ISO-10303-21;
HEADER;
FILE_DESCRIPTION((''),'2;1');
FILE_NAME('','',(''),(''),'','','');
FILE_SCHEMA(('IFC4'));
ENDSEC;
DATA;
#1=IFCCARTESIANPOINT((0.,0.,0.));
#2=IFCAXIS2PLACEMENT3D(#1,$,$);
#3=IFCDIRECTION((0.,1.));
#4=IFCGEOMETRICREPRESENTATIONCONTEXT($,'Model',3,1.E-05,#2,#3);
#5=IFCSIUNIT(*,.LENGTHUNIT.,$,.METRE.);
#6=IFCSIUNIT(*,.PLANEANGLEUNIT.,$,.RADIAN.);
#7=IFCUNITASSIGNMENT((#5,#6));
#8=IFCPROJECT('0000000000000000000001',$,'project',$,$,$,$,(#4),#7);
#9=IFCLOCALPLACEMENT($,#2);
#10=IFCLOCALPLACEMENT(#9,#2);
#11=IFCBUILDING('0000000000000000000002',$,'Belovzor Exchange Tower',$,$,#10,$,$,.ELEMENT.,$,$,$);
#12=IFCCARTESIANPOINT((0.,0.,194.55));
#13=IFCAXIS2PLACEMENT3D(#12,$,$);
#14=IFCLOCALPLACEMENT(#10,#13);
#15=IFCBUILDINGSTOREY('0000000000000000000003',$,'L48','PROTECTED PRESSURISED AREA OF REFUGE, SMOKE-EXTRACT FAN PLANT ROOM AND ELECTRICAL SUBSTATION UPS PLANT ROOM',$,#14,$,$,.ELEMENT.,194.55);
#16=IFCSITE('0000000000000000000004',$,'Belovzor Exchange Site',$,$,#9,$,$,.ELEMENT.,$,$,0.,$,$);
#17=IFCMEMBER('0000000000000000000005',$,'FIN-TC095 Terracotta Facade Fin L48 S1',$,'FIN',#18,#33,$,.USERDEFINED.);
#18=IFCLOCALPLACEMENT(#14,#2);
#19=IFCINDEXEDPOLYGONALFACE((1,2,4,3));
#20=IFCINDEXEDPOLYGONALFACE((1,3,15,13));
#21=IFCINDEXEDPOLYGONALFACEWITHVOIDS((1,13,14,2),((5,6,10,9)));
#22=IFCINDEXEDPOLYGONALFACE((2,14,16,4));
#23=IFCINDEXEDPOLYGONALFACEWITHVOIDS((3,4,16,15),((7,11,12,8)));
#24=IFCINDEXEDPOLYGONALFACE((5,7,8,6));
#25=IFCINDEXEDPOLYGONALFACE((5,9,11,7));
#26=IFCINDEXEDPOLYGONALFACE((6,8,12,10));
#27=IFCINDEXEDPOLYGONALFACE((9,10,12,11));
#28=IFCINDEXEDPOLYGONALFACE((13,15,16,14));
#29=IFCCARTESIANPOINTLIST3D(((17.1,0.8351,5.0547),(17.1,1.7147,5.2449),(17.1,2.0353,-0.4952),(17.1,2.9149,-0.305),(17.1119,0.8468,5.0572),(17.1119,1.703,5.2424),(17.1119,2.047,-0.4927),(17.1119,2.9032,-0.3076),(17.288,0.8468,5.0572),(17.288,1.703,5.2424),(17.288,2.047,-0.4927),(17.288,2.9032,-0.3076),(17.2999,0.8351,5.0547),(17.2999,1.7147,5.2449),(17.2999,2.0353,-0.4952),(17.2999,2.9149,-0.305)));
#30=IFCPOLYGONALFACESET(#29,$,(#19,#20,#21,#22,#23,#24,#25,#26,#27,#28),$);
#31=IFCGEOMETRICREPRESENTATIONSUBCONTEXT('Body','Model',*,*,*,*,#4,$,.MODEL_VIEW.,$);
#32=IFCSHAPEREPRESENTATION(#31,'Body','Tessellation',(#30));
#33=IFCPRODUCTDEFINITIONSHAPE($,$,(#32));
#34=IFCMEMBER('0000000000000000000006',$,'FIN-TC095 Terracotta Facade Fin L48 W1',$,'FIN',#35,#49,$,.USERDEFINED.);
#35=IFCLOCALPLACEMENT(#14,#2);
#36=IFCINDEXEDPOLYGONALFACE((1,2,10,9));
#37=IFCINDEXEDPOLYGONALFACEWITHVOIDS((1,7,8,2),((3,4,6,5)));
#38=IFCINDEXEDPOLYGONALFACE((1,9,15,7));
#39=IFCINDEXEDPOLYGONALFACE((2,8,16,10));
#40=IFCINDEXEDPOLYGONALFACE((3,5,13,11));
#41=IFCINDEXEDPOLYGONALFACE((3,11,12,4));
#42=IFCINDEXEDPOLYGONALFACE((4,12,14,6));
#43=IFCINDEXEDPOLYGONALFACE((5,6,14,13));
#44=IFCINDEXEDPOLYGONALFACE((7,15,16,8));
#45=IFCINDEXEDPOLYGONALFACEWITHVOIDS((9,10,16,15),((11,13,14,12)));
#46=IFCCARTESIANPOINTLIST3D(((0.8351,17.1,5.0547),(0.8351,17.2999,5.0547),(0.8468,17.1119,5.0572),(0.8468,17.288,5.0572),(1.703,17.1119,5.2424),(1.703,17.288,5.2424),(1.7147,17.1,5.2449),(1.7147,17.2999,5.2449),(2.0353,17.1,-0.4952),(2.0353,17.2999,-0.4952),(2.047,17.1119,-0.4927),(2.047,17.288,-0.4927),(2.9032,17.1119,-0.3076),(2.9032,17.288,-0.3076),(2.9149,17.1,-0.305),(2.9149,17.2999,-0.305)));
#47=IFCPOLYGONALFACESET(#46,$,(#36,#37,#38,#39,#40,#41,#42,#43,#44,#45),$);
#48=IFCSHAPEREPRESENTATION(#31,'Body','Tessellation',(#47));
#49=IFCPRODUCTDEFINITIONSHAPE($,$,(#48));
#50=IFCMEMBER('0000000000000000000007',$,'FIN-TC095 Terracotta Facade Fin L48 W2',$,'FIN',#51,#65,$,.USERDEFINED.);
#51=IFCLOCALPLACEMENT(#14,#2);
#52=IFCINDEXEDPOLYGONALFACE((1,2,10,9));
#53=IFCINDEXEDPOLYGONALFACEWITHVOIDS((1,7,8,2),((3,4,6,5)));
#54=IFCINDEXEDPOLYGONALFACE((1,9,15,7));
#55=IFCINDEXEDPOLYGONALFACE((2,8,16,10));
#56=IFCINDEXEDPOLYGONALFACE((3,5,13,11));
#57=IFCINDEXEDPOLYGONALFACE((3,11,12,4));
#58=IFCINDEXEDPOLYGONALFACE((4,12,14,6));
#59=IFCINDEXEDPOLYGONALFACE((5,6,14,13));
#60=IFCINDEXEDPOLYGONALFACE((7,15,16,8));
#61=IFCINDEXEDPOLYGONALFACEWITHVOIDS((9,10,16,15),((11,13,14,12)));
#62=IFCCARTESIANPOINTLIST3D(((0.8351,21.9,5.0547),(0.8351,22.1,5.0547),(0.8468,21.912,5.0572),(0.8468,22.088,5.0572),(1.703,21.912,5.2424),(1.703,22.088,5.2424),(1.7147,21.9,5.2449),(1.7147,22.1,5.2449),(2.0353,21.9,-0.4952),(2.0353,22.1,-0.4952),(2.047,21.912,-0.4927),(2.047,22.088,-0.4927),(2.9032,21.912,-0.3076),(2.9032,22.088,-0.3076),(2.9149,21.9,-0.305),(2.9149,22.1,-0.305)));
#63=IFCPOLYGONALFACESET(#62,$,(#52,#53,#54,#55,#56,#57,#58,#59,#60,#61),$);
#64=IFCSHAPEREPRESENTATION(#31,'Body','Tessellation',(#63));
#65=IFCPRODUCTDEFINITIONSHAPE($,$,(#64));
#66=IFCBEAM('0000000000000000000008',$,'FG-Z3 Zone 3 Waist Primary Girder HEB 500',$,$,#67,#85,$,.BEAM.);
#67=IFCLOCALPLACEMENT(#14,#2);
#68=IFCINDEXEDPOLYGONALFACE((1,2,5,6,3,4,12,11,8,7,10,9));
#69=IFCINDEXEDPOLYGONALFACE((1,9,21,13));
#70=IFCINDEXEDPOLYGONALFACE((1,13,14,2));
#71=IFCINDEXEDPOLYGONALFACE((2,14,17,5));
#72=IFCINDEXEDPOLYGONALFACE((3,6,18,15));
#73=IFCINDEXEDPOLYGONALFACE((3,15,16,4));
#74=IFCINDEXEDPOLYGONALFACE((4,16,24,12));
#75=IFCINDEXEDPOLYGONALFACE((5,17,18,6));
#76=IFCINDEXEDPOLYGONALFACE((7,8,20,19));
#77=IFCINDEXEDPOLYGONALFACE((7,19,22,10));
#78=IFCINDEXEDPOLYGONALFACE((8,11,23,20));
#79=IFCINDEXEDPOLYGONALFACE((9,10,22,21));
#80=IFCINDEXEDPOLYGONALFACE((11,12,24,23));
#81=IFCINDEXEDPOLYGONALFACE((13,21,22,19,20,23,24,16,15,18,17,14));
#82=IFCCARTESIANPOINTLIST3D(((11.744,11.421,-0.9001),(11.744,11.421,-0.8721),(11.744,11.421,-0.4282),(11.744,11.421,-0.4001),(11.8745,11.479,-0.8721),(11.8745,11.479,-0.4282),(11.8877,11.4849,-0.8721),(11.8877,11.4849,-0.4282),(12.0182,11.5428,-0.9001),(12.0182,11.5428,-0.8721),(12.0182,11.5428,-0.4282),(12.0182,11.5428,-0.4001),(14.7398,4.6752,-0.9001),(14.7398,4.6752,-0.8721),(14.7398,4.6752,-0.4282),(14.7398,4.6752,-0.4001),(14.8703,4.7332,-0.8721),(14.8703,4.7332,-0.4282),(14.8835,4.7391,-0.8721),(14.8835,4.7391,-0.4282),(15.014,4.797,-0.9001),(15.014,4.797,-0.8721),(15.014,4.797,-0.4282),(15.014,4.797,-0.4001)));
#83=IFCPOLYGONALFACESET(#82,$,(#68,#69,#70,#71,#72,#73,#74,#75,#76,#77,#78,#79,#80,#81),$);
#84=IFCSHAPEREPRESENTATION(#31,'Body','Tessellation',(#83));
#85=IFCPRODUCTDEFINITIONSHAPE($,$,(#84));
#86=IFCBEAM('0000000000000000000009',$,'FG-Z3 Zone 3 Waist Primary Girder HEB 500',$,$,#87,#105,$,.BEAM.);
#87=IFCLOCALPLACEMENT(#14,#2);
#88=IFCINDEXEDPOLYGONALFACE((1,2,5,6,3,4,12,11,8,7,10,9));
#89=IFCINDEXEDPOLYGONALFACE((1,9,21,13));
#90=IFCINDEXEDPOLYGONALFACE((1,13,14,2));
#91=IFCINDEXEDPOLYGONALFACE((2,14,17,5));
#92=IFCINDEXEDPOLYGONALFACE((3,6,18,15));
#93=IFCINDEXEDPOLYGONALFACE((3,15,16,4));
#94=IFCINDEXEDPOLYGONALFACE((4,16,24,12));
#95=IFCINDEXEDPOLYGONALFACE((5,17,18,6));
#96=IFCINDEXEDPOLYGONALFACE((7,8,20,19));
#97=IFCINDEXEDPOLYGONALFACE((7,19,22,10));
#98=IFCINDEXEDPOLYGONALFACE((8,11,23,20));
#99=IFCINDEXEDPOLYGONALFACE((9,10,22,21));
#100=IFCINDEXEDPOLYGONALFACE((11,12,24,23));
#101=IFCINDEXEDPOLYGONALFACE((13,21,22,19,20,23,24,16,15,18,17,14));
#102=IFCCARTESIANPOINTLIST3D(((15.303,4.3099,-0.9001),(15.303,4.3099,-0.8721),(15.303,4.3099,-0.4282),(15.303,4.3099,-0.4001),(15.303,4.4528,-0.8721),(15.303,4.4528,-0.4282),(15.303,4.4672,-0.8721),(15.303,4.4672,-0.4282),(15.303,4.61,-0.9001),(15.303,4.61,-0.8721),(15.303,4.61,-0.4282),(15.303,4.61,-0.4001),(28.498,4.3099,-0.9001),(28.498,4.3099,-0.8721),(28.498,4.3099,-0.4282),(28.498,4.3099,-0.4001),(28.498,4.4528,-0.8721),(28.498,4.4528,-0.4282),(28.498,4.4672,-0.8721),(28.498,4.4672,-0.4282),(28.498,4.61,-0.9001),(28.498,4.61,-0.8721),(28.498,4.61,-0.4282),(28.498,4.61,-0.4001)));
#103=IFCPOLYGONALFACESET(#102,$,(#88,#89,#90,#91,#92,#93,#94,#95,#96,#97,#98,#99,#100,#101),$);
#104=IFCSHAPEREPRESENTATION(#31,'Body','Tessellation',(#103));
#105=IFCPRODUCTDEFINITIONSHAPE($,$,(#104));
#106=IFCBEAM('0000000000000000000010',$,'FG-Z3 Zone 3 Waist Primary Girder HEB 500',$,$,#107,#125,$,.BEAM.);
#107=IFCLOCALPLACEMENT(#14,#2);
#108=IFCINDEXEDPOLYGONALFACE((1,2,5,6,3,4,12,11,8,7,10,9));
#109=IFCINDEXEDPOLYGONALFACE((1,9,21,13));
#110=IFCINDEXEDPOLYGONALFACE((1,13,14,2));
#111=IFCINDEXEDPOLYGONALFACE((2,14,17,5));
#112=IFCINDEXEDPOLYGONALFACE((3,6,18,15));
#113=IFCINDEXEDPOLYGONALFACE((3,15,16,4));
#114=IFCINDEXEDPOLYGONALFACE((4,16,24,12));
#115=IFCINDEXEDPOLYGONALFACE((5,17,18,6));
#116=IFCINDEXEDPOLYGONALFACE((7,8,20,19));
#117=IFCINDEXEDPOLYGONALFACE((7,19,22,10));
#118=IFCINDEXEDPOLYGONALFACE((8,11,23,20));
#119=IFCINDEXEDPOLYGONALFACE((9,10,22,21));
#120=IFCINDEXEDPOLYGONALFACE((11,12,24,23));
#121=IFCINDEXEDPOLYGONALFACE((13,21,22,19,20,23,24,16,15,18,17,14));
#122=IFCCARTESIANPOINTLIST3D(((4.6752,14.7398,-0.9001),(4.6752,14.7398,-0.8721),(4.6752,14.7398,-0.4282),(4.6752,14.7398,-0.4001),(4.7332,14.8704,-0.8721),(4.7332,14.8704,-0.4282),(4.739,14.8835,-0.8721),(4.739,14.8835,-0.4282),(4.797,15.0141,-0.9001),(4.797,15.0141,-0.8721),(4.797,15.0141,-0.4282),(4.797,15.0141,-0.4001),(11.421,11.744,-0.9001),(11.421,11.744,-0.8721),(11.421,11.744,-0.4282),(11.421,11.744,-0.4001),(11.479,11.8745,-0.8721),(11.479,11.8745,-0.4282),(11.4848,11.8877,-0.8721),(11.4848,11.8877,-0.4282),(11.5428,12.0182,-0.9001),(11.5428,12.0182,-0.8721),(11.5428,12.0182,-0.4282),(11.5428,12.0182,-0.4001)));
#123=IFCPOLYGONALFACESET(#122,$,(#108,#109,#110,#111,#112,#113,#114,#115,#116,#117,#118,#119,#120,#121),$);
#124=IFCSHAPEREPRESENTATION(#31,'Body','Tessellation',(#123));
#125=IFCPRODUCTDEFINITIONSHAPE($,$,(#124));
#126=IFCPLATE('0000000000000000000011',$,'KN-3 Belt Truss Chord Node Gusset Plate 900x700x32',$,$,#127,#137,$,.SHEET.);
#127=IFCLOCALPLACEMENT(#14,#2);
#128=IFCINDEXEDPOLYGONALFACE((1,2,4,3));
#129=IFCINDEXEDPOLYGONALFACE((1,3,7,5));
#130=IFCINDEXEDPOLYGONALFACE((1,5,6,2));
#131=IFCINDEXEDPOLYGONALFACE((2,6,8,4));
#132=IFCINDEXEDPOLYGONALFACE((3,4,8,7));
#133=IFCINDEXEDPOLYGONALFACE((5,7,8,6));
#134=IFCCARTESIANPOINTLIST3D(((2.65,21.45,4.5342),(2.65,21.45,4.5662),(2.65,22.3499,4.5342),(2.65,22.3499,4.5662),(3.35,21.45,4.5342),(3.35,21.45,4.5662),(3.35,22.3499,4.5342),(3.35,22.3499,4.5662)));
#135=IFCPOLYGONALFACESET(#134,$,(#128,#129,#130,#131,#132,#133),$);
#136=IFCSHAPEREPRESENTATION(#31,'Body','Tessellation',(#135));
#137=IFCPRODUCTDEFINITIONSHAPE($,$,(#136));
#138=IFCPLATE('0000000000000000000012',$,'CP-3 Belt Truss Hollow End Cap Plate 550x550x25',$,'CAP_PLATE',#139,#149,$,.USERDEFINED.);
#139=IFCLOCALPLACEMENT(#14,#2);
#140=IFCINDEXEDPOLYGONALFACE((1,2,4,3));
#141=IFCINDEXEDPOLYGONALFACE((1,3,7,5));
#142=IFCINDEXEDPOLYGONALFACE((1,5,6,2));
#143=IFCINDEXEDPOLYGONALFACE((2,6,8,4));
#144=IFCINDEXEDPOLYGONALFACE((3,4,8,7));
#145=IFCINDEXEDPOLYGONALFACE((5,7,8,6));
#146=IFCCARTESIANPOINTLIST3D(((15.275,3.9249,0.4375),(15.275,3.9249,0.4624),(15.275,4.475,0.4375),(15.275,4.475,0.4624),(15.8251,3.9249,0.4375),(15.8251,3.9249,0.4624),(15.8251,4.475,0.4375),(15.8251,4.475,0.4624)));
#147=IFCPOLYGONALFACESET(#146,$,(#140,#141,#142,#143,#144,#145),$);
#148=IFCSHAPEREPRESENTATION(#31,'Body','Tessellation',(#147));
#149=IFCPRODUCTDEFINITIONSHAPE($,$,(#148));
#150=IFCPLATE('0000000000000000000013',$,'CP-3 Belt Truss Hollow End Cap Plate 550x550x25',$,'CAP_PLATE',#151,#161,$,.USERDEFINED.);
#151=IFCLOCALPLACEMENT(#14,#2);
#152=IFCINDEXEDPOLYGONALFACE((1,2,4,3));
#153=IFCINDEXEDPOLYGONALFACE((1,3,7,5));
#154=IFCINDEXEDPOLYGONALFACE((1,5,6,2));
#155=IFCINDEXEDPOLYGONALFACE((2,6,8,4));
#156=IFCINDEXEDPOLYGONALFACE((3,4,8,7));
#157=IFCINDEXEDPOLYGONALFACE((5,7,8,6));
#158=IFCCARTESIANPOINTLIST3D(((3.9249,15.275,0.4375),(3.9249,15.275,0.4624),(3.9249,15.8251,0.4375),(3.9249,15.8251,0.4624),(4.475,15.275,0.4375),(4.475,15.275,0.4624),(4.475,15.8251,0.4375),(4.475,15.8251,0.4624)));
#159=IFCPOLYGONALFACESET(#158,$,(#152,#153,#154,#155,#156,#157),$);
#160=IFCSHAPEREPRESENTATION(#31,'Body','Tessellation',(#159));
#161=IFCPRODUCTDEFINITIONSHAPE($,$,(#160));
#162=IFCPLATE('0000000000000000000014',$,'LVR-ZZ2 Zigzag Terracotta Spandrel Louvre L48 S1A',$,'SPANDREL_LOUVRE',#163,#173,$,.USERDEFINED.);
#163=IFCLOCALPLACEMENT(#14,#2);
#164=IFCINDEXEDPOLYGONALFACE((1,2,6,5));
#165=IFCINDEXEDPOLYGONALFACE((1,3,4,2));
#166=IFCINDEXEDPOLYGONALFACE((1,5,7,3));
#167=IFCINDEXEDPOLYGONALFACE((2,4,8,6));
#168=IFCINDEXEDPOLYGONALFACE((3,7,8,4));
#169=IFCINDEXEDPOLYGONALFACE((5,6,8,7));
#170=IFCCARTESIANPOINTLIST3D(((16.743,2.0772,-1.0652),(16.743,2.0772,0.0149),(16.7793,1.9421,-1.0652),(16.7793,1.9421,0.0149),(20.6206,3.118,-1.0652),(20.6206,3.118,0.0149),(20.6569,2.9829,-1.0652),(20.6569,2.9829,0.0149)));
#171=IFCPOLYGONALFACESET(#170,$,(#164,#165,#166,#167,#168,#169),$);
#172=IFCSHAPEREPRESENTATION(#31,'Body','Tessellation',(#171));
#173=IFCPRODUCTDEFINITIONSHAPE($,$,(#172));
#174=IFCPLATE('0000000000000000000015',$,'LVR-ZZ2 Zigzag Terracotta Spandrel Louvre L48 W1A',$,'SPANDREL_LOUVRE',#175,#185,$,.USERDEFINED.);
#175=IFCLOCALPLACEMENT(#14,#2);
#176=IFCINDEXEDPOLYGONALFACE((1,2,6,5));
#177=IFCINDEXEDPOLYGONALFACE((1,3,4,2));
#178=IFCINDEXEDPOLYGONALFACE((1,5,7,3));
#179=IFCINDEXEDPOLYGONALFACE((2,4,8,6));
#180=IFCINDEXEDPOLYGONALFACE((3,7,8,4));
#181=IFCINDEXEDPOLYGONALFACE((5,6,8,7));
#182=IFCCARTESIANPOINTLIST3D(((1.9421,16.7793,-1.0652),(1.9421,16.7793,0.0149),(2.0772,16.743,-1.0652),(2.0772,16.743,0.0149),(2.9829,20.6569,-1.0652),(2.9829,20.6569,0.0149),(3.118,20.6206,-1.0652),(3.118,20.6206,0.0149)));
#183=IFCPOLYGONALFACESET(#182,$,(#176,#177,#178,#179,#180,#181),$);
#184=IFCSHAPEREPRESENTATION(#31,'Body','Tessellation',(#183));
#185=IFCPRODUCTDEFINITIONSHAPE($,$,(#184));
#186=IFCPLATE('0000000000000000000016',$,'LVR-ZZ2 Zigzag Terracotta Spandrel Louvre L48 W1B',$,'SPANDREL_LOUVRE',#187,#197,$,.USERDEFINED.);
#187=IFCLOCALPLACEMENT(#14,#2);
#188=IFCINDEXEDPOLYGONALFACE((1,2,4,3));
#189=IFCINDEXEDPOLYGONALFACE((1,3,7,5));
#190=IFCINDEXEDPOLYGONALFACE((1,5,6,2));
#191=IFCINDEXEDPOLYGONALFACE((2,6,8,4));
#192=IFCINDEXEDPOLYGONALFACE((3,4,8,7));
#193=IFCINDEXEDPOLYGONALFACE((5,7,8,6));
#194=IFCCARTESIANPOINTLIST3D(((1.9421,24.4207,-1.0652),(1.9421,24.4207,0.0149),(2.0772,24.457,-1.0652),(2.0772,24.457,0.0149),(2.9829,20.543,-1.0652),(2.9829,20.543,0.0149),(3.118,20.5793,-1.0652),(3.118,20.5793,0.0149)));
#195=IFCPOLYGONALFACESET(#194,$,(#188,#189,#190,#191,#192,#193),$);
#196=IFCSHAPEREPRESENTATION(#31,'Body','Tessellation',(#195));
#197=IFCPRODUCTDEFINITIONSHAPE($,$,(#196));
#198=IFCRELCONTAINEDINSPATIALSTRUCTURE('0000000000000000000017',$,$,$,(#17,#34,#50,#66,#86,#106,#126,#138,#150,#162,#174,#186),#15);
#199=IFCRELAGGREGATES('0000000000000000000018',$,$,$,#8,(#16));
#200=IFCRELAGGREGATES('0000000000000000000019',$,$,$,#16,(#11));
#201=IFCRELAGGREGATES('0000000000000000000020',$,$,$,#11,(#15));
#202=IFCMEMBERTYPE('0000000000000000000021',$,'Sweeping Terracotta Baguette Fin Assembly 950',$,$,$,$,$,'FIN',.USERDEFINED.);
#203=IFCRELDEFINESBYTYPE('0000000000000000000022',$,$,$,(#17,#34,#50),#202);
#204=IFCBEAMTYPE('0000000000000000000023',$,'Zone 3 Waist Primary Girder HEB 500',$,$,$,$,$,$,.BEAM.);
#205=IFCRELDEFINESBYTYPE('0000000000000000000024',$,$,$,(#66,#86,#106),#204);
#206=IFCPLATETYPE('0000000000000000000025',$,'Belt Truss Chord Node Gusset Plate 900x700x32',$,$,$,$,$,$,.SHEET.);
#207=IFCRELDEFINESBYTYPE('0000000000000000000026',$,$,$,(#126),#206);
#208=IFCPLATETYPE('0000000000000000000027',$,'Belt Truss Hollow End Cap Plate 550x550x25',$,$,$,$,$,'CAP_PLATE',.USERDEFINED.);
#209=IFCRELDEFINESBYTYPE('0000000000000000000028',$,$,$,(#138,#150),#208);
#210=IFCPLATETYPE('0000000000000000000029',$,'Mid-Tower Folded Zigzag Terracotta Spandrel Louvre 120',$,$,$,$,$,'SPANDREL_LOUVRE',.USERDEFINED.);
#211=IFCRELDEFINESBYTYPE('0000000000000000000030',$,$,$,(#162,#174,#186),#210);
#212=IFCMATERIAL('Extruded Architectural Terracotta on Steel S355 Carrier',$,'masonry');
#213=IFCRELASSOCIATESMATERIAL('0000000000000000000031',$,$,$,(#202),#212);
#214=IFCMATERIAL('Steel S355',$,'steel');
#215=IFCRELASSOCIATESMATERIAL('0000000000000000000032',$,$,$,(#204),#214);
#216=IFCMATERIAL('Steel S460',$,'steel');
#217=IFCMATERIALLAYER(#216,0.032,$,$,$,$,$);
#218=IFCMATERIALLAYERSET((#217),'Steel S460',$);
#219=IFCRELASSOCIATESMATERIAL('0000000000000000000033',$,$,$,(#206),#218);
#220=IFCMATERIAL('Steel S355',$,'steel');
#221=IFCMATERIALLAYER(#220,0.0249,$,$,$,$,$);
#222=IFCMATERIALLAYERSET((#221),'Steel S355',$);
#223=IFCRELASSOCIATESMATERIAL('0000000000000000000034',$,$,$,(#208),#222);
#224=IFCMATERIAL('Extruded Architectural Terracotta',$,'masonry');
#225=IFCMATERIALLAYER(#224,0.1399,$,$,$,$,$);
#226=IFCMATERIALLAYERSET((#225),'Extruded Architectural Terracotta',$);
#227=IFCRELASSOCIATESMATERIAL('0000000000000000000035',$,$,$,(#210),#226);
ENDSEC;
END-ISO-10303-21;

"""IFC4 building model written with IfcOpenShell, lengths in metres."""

from ifc_helpers import new_model, si_unit, direction, frame, origin, origin_2d, place, context, subcontext, project, spatial, rectangle, hollow_rectangle, i_section, extrude, material, layer, layer_set, material_profile, profile_set, type_object, element, save


model = new_model("IFC4")

# Units and contexts
model_context = context("Model", 3, precision=1e-05, world=origin(), true_north=direction((0.0, 1.0)))
body_context = subcontext(model_context, "Body", "Model", "MODEL_VIEW")
ifc_project = project(units=[si_unit("LENGTHUNIT", "METRE"), si_unit("PLANEANGLEUNIT", "RADIAN")], contexts=[model_context])

# Site, building, storey
site_placement = place(None, origin())
site = spatial("IfcSite", under=ifc_project, at=site_placement, Name="Belovzor Exchange Site", CompositionType="ELEMENT", RefElevation=0.0)
building_placement = place(site_placement, origin())
building = spatial("IfcBuilding", under=site, at=building_placement, Name="Belovzor Exchange Tower", CompositionType="ELEMENT")
storey_placement = place(building_placement, frame((0.0, 0.0, 194.55)))
storey = spatial("IfcBuildingStorey", under=building, at=storey_placement, Name="L48", Description="PROTECTED PRESSURISED AREA OF REFUGE, SMOKE-EXTRACT FAN PLANT ROOM AND ELECTRICAL SUBSTATION UPS PLANT ROOM", CompositionType="ELEMENT", Elevation=194.55)

# Members
ifc_material_1 = material(Name="Extruded Architectural Terracotta on Steel S355 Carrier", Category="masonry")
ifc_material_profile_1 = material_profile(ifc_material_1, hollow_rectangle(XDim=0.2, YDim=0.8999, WallThickness=0.012, at=origin_2d()))
ifc_profile_set_1 = profile_set([ifc_material_profile_1], Name="Extruded Architectural Terracotta on Steel S355 Carrier")
member_type_1 = type_object("IfcMemberType", Name="Sweeping Terracotta Baguette Fin Assembly 950", ElementType="FIN", PredefinedType="USERDEFINED", material=ifc_profile_set_1)
for number, where, z_axis, x_axis, name in (
    (1, (17.2, 2.4751, -0.4001), (0.0, -0.211364, 0.977407), (1.0, 0.0, 0.0), "FIN-TC095 Terracotta Facade Fin L48 S1"),
    (2, (2.4751, 17.2, -0.4001), (-0.211364, 0.0, 0.977407), (0.0, -1.0, 0.0), "FIN-TC095 Terracotta Facade Fin L48 W1"),
    (3, (2.4751, 22.0, -0.4001), (-0.211364, 0.0, 0.977407), (0.0, -1.0, 0.0), "FIN-TC095 Terracotta Facade Fin L48 W2"),
):
    element("IfcMember", number, at=place(storey_placement, frame(where, z_axis=z_axis, x_axis=x_axis)), inside=storey, type_object=member_type_1, Name=name, ObjectType="FIN", PredefinedType="USERDEFINED", context=body_context, shape_type="SweptSolid", body=[
        extrude(hollow_rectangle(XDim=0.2, YDim=0.8999, WallThickness=0.012, at=origin_2d()), origin(), (0.0, 0.0, 1.0), 5.6782),
    ])

# Beams
ifc_material_2 = material(Name="Steel S355", Category="steel")
ifc_material_profile_2 = material_profile(ifc_material_2, i_section(OverallWidth=0.3, OverallDepth=0.5, WebThickness=0.0144, FlangeThickness=0.0281, at=origin_2d()))
ifc_profile_set_2 = profile_set([ifc_material_profile_2], Name="Steel S355")
beam_type_1 = type_object("IfcBeamType", Name="Zone 3 Waist Primary Girder HEB 500", PredefinedType="BEAM", material=ifc_profile_set_2)
beam_1_placement = place(storey_placement, frame((11.8811, 11.4819, -0.6501), z_axis=(0.405878, -0.913927, 0.0), x_axis=(0.913927, 0.405878, 0.0)))
element("IfcBeam", 4, at=beam_1_placement, inside=storey, type_object=beam_type_1, Name="FG-Z3 Zone 3 Waist Primary Girder HEB 500", PredefinedType="BEAM", context=body_context, shape_type="SweptSolid", body=[
    extrude(i_section(OverallWidth=0.3, OverallDepth=0.5, WebThickness=0.0144, FlangeThickness=0.0281, at=origin_2d()), origin(), (0.0, 0.0, 1.0), 7.3811),
])
beam_2_placement = place(storey_placement, frame((15.303, 4.46, -0.6501), z_axis=(1.0, 0.0, 0.0), x_axis=(0.0, 1.0, 0.0)))
element("IfcBeam", 5, at=beam_2_placement, inside=storey, type_object=beam_type_1, Name="FG-Z3 Zone 3 Waist Primary Girder HEB 500", PredefinedType="BEAM", context=body_context, shape_type="SweptSolid", body=[
    extrude(i_section(OverallWidth=0.3, OverallDepth=0.5, WebThickness=0.0144, FlangeThickness=0.0281, at=origin_2d()), origin(), (0.0, 0.0, 1.0), 13.1951),
])
beam_3_placement = place(storey_placement, frame((4.7361, 14.877, -0.6501), z_axis=(0.913927, -0.405878, 0.0), x_axis=(0.405878, 0.913927, 0.0)))
element("IfcBeam", 6, at=beam_3_placement, inside=storey, type_object=beam_type_1, Name="FG-Z3 Zone 3 Waist Primary Girder HEB 500", PredefinedType="BEAM", context=body_context, shape_type="SweptSolid", body=[
    extrude(i_section(OverallWidth=0.3, OverallDepth=0.5, WebThickness=0.0144, FlangeThickness=0.0281, at=origin_2d()), origin(), (0.0, 0.0, 1.0), 7.3811),
])

# Plates
ifc_material_3 = material(Name="Steel S460", Category="steel")
ifc_layer_1 = layer(ifc_material_3, 0.032)
ifc_layer_set_1 = layer_set([ifc_layer_1], Name="Steel S460")
plate_type_1 = type_object("IfcPlateType", Name="Belt Truss Chord Node Gusset Plate 900x700x32", PredefinedType="SHEET", material=ifc_layer_set_1)
plate_placement = place(storey_placement, frame((3.0, 21.8999, 4.5342), z_axis=(0.0, 0.0, 1.0), x_axis=(0.0, 1.0, 0.0)))
element("IfcPlate", 7, at=plate_placement, inside=storey, type_object=plate_type_1, Name="KN-3 Belt Truss Chord Node Gusset Plate 900x700x32", PredefinedType="SHEET", context=body_context, shape_type="SweptSolid", body=[
    extrude(rectangle(XDim=0.8999, YDim=0.7, at=origin_2d()), origin(), (0.0, 0.0, 1.0), 0.032),
])
ifc_material_4 = material(Name="Steel S355", Category="steel")
ifc_layer_2 = layer(ifc_material_4, 0.0249)
ifc_layer_set_2 = layer_set([ifc_layer_2], Name="Steel S355")
plate_type_2 = type_object("IfcPlateType", Name="Belt Truss Hollow End Cap Plate 550x550x25", ElementType="CAP_PLATE", PredefinedType="USERDEFINED", material=ifc_layer_set_2)
for number, where, z_axis, x_axis, name in (
    (8, (15.55, 4.2, 0.4375), (0.0, 0.0, 1.0), (1.0, 0.0, 0.0), "CP-3 Belt Truss Hollow End Cap Plate 550x550x25"),
    (9, (4.2, 15.55, 0.4375), (0.0, 0.0, 1.0), (0.0, 1.0, 0.0), "CP-3 Belt Truss Hollow End Cap Plate 550x550x25"),
):
    element("IfcPlate", number, at=place(storey_placement, frame(where, z_axis=z_axis, x_axis=x_axis)), inside=storey, type_object=plate_type_2, Name=name, ObjectType="CAP_PLATE", PredefinedType="USERDEFINED", context=body_context, shape_type="SweptSolid", body=[
        extrude(rectangle(XDim=0.55, YDim=0.55, at=origin_2d()), origin(), (0.0, 0.0, 1.0), 0.0249),
    ])
ifc_material_5 = material(Name="Extruded Architectural Terracotta", Category="masonry")
ifc_layer_3 = layer(ifc_material_5, 0.1399)
ifc_layer_set_3 = layer_set([ifc_layer_3], Name="Extruded Architectural Terracotta")
plate_type_3 = type_object("IfcPlateType", Name="Mid-Tower Folded Zigzag Terracotta Spandrel Louvre 120", ElementType="SPANDREL_LOUVRE", PredefinedType="USERDEFINED", material=ifc_layer_set_3)
for number, where, z_axis, x_axis, name in (
    (10, (18.7, 2.53, -1.0652), (0.0, 0.0, 1.0), (0.965813, 0.25924, 0.0), "LVR-ZZ2 Zigzag Terracotta Spandrel Louvre L48 S1A"),
    (11, (2.53, 18.7, -1.0652), (0.0, 0.0, 1.0), (0.25924, 0.965813, 0.0), "LVR-ZZ2 Zigzag Terracotta Spandrel Louvre L48 W1A"),
    (12, (2.53, 22.5, -1.0652), (0.0, 0.0, 1.0), (-0.25924, 0.965813, 0.0), "LVR-ZZ2 Zigzag Terracotta Spandrel Louvre L48 W1B"),
):
    element("IfcPlate", number, at=place(storey_placement, frame(where, z_axis=z_axis, x_axis=x_axis)), inside=storey, type_object=plate_type_3, Name=name, ObjectType="SPANDREL_LOUVRE", PredefinedType="USERDEFINED", context=body_context, shape_type="SweptSolid", body=[
        extrude(rectangle(XDim=4.0149, YDim=0.1399, at=origin_2d()), origin(), (0.0, 0.0, 1.0), 1.0801),
    ])

save(model, "model.ifc")
